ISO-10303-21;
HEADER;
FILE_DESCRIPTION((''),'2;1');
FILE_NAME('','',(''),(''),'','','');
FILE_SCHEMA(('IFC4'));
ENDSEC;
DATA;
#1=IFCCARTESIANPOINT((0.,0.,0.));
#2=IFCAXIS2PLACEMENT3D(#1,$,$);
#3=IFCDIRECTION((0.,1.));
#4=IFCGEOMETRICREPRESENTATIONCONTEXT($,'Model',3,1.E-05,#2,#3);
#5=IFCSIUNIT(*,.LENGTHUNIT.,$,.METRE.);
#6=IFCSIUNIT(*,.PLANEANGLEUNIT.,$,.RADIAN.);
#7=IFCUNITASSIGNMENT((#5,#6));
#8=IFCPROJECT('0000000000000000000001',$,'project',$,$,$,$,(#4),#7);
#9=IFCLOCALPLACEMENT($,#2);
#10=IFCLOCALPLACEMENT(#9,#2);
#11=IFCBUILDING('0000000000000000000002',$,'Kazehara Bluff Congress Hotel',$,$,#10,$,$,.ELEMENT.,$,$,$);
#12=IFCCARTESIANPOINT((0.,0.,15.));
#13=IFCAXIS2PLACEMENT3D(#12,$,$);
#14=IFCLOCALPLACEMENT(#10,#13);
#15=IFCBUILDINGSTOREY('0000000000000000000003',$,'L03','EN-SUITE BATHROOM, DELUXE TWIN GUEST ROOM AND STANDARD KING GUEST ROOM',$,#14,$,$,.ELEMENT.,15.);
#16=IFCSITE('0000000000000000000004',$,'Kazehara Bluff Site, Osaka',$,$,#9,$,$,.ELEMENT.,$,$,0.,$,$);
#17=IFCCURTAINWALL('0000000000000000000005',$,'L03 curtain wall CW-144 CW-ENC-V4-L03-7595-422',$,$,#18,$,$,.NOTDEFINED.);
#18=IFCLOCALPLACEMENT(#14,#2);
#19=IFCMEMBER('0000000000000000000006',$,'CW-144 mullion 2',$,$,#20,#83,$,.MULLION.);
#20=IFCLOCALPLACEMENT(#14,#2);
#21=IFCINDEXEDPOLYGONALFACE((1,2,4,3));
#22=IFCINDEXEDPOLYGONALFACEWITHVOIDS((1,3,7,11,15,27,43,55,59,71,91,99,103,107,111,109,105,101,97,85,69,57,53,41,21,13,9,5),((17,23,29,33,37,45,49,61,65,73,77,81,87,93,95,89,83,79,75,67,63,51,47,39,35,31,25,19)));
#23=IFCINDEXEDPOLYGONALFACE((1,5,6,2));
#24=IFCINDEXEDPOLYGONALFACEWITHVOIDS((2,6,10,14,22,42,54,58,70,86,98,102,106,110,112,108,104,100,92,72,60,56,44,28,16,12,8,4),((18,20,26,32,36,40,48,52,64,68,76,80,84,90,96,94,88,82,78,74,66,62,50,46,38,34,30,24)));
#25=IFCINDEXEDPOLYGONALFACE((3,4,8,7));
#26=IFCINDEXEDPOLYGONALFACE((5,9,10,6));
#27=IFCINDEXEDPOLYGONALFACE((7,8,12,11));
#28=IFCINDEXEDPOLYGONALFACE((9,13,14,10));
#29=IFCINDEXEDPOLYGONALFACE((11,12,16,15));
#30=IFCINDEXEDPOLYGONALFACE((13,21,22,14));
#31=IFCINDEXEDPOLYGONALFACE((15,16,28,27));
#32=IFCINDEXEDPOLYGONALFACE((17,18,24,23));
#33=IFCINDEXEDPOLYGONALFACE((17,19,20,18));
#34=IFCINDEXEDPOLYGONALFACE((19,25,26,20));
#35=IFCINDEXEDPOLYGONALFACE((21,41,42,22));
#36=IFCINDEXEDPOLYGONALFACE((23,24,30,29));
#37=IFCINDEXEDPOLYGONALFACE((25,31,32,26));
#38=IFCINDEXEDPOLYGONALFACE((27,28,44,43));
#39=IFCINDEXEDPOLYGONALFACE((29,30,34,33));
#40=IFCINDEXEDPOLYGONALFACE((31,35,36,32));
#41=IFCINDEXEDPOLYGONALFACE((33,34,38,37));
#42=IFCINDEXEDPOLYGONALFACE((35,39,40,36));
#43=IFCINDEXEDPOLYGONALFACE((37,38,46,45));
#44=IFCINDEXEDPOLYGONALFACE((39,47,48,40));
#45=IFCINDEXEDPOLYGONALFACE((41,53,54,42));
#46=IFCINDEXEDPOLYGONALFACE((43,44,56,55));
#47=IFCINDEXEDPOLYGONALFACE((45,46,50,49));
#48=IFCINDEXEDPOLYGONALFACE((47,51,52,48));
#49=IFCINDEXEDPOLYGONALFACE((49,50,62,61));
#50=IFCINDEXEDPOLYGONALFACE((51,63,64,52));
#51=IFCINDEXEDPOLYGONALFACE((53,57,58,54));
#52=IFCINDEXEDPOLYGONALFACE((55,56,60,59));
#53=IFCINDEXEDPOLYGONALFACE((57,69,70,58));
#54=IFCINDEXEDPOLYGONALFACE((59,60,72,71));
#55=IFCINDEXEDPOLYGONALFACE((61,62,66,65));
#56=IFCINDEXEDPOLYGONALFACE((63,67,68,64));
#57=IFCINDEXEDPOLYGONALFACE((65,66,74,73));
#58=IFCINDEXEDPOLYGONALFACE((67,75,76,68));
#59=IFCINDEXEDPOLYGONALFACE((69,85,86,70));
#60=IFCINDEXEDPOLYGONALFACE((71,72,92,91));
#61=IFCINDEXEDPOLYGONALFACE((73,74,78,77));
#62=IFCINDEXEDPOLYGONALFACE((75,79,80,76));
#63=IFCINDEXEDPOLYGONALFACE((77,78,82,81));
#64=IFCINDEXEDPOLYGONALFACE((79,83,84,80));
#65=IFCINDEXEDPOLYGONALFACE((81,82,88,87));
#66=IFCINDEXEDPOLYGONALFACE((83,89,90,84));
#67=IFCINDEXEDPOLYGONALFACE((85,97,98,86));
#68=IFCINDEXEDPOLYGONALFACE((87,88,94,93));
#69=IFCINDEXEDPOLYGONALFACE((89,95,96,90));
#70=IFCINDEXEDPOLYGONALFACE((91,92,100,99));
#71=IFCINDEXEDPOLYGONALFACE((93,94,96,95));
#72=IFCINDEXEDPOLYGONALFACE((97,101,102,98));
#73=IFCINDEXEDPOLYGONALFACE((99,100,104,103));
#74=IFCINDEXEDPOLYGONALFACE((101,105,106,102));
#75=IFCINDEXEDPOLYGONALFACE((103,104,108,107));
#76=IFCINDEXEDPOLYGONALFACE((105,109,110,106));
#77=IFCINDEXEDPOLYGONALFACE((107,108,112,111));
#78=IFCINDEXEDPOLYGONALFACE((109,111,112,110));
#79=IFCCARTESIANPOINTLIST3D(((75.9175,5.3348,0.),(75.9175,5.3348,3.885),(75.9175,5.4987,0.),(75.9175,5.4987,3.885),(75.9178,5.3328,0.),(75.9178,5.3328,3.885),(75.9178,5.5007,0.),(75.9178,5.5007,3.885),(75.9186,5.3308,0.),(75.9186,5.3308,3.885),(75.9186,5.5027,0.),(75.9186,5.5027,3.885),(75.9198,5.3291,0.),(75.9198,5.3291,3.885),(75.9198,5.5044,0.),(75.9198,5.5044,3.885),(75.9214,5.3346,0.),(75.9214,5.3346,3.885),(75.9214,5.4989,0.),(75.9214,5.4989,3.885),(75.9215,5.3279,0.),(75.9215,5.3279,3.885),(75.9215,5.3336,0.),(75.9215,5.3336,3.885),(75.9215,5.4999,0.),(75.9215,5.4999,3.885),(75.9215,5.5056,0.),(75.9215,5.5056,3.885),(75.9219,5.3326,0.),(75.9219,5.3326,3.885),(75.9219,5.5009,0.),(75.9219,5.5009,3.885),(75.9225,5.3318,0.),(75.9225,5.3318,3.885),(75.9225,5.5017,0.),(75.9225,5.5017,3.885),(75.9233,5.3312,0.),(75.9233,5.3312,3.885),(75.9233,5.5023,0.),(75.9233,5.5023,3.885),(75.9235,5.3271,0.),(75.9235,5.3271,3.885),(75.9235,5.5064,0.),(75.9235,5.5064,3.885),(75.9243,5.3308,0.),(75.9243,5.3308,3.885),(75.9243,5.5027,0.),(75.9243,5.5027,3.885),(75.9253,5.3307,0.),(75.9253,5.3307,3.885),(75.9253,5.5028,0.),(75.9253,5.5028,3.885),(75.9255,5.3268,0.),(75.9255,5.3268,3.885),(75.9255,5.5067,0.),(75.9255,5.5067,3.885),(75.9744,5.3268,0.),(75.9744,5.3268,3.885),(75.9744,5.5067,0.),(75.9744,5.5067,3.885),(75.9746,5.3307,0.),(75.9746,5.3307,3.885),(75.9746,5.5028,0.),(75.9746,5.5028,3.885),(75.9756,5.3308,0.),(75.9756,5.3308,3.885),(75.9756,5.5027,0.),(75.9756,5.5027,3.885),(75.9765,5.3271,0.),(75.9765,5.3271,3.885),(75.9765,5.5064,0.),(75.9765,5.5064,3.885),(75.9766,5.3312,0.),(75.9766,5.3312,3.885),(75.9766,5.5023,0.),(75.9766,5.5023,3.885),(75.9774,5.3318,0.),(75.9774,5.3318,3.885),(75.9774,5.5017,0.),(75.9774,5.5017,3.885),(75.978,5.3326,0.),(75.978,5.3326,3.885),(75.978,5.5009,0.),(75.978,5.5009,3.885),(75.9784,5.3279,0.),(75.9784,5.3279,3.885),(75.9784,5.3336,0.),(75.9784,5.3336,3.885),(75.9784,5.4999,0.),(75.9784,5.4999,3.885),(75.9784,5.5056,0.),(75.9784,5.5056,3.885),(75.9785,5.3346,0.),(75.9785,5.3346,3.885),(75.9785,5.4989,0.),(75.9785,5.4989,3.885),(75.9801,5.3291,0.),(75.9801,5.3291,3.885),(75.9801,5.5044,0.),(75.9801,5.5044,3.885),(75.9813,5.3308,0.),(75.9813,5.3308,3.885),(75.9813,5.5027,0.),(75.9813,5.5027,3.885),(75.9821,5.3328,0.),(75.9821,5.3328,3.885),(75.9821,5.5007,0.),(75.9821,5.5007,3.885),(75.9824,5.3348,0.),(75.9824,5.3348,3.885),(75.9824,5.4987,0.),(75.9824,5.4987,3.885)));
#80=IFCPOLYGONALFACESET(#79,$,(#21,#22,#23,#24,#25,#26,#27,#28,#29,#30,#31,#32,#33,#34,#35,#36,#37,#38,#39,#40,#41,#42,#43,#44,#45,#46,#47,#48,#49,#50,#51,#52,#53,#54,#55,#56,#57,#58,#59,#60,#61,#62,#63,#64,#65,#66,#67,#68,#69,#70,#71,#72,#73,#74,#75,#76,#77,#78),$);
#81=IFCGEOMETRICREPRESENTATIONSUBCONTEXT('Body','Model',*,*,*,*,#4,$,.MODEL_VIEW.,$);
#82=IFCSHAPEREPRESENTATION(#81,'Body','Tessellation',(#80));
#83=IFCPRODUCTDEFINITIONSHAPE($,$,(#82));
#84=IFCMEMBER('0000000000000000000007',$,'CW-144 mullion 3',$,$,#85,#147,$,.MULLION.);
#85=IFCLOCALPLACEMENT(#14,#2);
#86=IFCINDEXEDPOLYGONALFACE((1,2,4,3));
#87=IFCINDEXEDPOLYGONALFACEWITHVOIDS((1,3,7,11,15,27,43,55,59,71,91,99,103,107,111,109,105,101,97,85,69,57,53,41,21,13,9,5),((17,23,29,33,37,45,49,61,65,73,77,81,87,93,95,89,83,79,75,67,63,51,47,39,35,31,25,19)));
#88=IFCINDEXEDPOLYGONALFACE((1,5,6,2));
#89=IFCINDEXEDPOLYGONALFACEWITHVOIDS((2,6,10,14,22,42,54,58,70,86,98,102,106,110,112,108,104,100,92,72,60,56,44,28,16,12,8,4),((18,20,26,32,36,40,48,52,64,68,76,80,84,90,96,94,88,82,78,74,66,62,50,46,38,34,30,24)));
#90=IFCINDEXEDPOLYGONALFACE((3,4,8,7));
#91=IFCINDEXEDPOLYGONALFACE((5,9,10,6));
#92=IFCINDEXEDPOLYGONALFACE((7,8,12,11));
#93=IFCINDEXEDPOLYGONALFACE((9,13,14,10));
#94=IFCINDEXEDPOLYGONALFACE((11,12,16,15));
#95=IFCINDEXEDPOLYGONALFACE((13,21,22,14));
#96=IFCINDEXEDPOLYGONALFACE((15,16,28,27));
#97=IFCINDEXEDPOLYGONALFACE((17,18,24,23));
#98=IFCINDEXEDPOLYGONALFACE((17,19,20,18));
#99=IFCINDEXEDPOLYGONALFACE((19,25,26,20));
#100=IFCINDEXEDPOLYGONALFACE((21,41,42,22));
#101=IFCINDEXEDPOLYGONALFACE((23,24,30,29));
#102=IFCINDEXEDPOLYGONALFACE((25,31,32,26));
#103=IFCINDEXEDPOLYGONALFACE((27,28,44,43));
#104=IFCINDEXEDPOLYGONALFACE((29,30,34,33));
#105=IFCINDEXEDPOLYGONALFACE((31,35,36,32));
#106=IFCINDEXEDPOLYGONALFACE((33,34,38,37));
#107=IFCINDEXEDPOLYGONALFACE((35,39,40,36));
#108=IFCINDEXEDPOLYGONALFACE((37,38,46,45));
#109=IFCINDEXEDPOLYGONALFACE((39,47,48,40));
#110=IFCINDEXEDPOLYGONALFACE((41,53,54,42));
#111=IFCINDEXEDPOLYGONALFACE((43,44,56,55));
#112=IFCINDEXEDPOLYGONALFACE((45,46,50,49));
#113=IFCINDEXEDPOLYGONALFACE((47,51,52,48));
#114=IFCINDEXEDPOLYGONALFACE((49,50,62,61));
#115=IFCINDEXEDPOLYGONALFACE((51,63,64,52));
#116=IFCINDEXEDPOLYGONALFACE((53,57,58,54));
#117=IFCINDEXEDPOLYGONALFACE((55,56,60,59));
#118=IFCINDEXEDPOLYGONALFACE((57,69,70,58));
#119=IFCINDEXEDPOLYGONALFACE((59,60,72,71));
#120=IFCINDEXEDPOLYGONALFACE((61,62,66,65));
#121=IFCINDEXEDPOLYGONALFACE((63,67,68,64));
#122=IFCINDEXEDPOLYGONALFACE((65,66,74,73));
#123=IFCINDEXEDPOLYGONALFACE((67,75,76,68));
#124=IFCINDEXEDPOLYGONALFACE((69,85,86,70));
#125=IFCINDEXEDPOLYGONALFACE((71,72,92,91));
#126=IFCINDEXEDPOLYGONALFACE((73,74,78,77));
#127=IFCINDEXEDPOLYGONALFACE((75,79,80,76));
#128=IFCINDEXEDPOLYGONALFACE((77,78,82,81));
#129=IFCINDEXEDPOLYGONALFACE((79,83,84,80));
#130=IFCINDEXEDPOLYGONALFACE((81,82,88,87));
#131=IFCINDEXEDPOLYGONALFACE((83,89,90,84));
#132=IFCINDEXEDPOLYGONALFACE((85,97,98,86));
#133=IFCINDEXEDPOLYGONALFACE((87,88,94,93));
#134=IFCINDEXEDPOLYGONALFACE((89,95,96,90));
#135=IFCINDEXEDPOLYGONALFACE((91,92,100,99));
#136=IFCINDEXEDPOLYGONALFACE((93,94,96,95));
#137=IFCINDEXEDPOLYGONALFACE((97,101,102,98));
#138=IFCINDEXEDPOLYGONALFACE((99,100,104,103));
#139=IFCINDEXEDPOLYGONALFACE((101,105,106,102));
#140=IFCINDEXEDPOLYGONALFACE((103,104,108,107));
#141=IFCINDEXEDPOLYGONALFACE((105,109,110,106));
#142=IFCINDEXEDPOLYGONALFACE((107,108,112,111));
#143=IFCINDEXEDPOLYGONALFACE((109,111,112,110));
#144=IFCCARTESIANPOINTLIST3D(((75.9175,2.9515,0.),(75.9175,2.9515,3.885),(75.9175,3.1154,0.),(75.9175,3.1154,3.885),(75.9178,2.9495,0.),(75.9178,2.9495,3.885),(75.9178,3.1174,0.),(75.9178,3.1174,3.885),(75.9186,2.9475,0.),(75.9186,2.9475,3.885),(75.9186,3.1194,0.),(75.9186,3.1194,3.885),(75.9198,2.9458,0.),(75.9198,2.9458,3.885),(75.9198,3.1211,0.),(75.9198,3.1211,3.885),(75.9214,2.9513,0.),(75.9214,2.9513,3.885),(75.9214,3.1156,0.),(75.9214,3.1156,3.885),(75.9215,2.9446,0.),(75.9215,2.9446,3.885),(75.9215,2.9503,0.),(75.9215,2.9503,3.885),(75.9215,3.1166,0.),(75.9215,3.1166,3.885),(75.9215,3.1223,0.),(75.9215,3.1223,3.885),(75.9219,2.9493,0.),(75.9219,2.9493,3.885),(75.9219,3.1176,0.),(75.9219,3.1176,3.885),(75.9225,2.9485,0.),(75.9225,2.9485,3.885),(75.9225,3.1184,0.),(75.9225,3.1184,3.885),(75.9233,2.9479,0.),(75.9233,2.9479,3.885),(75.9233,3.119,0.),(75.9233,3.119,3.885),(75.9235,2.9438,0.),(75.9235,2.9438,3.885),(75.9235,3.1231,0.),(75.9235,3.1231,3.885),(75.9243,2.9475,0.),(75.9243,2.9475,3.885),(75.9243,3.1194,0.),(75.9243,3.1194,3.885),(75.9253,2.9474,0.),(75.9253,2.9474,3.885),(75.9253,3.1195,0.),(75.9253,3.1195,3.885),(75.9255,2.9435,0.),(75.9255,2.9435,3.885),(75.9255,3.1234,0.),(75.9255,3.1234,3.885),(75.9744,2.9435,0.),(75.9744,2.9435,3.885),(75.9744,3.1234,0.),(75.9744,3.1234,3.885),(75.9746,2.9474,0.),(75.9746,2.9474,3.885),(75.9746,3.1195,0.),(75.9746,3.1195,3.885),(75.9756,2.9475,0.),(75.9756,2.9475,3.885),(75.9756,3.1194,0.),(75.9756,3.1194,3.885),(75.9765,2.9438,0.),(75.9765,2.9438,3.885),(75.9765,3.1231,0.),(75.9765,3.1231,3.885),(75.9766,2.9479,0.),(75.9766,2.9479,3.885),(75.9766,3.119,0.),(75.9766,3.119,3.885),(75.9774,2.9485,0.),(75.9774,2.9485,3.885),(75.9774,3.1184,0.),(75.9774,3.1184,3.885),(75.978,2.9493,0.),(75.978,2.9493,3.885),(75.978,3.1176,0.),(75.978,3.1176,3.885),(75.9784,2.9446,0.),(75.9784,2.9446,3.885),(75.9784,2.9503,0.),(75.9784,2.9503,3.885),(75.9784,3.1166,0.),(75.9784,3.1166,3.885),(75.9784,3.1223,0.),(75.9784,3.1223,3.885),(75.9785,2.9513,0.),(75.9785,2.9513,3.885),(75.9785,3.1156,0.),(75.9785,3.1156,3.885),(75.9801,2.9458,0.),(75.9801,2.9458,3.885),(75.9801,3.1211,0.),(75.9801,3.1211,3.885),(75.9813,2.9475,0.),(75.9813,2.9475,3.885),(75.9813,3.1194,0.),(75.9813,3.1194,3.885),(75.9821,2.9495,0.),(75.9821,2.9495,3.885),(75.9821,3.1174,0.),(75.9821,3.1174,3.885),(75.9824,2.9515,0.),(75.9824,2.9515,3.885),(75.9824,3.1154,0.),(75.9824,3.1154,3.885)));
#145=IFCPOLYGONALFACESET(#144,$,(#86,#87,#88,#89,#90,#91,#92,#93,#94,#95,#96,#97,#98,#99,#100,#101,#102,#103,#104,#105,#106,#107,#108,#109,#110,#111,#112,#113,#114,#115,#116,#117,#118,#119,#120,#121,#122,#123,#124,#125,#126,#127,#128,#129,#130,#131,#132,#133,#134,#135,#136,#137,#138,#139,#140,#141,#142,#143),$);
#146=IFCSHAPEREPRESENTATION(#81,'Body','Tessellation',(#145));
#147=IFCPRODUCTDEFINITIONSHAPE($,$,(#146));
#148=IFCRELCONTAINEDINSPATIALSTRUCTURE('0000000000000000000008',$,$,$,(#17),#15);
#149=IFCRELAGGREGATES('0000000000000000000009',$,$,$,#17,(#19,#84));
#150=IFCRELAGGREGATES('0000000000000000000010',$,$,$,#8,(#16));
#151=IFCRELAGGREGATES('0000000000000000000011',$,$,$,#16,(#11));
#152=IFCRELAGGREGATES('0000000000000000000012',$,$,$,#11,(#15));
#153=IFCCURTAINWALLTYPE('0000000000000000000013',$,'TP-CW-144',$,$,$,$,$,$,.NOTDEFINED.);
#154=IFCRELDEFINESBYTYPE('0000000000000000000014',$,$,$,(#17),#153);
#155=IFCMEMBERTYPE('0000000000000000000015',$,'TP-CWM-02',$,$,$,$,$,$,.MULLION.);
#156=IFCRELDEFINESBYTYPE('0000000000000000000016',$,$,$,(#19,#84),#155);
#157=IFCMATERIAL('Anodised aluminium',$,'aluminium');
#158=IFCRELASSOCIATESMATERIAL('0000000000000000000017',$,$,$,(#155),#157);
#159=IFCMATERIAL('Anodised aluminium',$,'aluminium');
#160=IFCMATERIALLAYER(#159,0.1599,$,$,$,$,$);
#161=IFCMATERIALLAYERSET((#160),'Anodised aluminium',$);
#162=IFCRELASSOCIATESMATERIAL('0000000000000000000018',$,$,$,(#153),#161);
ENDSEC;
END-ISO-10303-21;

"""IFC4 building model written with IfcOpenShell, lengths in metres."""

from ifc_helpers import new_model, si_unit, direction, frame, origin, origin_2d, place, context, subcontext, project, spatial, hollow_rectangle, extrude, material, layer, layer_set, material_profile, profile_set, type_object, element, aggregate, save


model = new_model("IFC4")

# Units and contexts
model_context = context("Model", 3, precision=1e-05, world=origin(), true_north=direction((0.0, 1.0)))
body_context = subcontext(model_context, "Body", "Model", "MODEL_VIEW")
ifc_project = project(units=[si_unit("LENGTHUNIT", "METRE"), si_unit("PLANEANGLEUNIT", "RADIAN")], contexts=[model_context])

# Site, building, storey
site_placement = place(None, origin())
site = spatial("IfcSite", under=ifc_project, at=site_placement, Name="Kazehara Bluff Site, Osaka", CompositionType="ELEMENT", RefElevation=0.0)
building_placement = place(site_placement, origin())
building = spatial("IfcBuilding", under=site, at=building_placement, Name="Kazehara Bluff Congress Hotel", CompositionType="ELEMENT")
storey_placement = place(building_placement, frame((0.0, 0.0, 15.0)))
storey = spatial("IfcBuildingStorey", under=building, at=storey_placement, Name="L03", Description="EN-SUITE BATHROOM, DELUXE TWIN GUEST ROOM AND STANDARD KING GUEST ROOM", CompositionType="ELEMENT", Elevation=15.0)

# Shared definitions
ifc_material_1 = material(Name="Anodised aluminium", Category="aluminium")
ifc_material_profile_1 = material_profile(ifc_material_1, hollow_rectangle(XDim=0.0649, YDim=0.1799, WallThickness=0.0039, InnerFilletRadius=0.0039, OuterFilletRadius=0.0081, at=origin_2d()))
ifc_profile_set_1 = profile_set([ifc_material_profile_1], Name="Anodised aluminium")
member_type_1 = type_object("IfcMemberType", Name="TP-CWM-02", PredefinedType="MULLION", material=ifc_profile_set_1)

# Curtain wall, members
ifc_material_2 = material(Name="Anodised aluminium", Category="aluminium")
ifc_layer_1 = layer(ifc_material_2, 0.1599)
ifc_layer_set_1 = layer_set([ifc_layer_1], Name="Anodised aluminium")
curtain_wall_type_1 = type_object("IfcCurtainWallType", Name="TP-CW-144", PredefinedType="NOTDEFINED", material=ifc_layer_set_1)
curtain_wall_1_placement = place(storey_placement, origin())
curtain_wall_1 = element("IfcCurtainWall", 1, at=curtain_wall_1_placement, inside=storey, type_object=curtain_wall_type_1, Name="L03 curtain wall CW-144 CW-ENC-V4-L03-7595-422", PredefinedType="NOTDEFINED")
member_1_placement = place(storey_placement, frame((75.95, 5.4167, 0.0), z_axis=(0.0, 0.0, 1.0), x_axis=(1.0, 0.0, 0.0)))
member_1 = element("IfcMember", 2, at=member_1_placement, type_object=member_type_1, Name="CW-144 mullion 2", PredefinedType="MULLION", context=body_context, shape_type="SweptSolid", body=[
    extrude(hollow_rectangle(XDim=0.0649, YDim=0.1799, WallThickness=0.0039, InnerFilletRadius=0.0039, OuterFilletRadius=0.0081, at=origin_2d()), origin(), (0.0, 0.0, 1.0), 3.885),
])
member_2_placement = place(storey_placement, frame((75.95, 3.0334, 0.0), z_axis=(0.0, 0.0, 1.0), x_axis=(1.0, 0.0, 0.0)))
member_2 = element("IfcMember", 3, at=member_2_placement, type_object=member_type_1, Name="CW-144 mullion 3", PredefinedType="MULLION", context=body_context, shape_type="SweptSolid", body=[
    extrude(hollow_rectangle(XDim=0.0649, YDim=0.1799, WallThickness=0.0039, InnerFilletRadius=0.0039, OuterFilletRadius=0.0081, at=origin_2d()), origin(), (0.0, 0.0, 1.0), 3.885),
])

aggregate(curtain_wall_1, [member_1, member_2])

save(model, "model.ifc")
